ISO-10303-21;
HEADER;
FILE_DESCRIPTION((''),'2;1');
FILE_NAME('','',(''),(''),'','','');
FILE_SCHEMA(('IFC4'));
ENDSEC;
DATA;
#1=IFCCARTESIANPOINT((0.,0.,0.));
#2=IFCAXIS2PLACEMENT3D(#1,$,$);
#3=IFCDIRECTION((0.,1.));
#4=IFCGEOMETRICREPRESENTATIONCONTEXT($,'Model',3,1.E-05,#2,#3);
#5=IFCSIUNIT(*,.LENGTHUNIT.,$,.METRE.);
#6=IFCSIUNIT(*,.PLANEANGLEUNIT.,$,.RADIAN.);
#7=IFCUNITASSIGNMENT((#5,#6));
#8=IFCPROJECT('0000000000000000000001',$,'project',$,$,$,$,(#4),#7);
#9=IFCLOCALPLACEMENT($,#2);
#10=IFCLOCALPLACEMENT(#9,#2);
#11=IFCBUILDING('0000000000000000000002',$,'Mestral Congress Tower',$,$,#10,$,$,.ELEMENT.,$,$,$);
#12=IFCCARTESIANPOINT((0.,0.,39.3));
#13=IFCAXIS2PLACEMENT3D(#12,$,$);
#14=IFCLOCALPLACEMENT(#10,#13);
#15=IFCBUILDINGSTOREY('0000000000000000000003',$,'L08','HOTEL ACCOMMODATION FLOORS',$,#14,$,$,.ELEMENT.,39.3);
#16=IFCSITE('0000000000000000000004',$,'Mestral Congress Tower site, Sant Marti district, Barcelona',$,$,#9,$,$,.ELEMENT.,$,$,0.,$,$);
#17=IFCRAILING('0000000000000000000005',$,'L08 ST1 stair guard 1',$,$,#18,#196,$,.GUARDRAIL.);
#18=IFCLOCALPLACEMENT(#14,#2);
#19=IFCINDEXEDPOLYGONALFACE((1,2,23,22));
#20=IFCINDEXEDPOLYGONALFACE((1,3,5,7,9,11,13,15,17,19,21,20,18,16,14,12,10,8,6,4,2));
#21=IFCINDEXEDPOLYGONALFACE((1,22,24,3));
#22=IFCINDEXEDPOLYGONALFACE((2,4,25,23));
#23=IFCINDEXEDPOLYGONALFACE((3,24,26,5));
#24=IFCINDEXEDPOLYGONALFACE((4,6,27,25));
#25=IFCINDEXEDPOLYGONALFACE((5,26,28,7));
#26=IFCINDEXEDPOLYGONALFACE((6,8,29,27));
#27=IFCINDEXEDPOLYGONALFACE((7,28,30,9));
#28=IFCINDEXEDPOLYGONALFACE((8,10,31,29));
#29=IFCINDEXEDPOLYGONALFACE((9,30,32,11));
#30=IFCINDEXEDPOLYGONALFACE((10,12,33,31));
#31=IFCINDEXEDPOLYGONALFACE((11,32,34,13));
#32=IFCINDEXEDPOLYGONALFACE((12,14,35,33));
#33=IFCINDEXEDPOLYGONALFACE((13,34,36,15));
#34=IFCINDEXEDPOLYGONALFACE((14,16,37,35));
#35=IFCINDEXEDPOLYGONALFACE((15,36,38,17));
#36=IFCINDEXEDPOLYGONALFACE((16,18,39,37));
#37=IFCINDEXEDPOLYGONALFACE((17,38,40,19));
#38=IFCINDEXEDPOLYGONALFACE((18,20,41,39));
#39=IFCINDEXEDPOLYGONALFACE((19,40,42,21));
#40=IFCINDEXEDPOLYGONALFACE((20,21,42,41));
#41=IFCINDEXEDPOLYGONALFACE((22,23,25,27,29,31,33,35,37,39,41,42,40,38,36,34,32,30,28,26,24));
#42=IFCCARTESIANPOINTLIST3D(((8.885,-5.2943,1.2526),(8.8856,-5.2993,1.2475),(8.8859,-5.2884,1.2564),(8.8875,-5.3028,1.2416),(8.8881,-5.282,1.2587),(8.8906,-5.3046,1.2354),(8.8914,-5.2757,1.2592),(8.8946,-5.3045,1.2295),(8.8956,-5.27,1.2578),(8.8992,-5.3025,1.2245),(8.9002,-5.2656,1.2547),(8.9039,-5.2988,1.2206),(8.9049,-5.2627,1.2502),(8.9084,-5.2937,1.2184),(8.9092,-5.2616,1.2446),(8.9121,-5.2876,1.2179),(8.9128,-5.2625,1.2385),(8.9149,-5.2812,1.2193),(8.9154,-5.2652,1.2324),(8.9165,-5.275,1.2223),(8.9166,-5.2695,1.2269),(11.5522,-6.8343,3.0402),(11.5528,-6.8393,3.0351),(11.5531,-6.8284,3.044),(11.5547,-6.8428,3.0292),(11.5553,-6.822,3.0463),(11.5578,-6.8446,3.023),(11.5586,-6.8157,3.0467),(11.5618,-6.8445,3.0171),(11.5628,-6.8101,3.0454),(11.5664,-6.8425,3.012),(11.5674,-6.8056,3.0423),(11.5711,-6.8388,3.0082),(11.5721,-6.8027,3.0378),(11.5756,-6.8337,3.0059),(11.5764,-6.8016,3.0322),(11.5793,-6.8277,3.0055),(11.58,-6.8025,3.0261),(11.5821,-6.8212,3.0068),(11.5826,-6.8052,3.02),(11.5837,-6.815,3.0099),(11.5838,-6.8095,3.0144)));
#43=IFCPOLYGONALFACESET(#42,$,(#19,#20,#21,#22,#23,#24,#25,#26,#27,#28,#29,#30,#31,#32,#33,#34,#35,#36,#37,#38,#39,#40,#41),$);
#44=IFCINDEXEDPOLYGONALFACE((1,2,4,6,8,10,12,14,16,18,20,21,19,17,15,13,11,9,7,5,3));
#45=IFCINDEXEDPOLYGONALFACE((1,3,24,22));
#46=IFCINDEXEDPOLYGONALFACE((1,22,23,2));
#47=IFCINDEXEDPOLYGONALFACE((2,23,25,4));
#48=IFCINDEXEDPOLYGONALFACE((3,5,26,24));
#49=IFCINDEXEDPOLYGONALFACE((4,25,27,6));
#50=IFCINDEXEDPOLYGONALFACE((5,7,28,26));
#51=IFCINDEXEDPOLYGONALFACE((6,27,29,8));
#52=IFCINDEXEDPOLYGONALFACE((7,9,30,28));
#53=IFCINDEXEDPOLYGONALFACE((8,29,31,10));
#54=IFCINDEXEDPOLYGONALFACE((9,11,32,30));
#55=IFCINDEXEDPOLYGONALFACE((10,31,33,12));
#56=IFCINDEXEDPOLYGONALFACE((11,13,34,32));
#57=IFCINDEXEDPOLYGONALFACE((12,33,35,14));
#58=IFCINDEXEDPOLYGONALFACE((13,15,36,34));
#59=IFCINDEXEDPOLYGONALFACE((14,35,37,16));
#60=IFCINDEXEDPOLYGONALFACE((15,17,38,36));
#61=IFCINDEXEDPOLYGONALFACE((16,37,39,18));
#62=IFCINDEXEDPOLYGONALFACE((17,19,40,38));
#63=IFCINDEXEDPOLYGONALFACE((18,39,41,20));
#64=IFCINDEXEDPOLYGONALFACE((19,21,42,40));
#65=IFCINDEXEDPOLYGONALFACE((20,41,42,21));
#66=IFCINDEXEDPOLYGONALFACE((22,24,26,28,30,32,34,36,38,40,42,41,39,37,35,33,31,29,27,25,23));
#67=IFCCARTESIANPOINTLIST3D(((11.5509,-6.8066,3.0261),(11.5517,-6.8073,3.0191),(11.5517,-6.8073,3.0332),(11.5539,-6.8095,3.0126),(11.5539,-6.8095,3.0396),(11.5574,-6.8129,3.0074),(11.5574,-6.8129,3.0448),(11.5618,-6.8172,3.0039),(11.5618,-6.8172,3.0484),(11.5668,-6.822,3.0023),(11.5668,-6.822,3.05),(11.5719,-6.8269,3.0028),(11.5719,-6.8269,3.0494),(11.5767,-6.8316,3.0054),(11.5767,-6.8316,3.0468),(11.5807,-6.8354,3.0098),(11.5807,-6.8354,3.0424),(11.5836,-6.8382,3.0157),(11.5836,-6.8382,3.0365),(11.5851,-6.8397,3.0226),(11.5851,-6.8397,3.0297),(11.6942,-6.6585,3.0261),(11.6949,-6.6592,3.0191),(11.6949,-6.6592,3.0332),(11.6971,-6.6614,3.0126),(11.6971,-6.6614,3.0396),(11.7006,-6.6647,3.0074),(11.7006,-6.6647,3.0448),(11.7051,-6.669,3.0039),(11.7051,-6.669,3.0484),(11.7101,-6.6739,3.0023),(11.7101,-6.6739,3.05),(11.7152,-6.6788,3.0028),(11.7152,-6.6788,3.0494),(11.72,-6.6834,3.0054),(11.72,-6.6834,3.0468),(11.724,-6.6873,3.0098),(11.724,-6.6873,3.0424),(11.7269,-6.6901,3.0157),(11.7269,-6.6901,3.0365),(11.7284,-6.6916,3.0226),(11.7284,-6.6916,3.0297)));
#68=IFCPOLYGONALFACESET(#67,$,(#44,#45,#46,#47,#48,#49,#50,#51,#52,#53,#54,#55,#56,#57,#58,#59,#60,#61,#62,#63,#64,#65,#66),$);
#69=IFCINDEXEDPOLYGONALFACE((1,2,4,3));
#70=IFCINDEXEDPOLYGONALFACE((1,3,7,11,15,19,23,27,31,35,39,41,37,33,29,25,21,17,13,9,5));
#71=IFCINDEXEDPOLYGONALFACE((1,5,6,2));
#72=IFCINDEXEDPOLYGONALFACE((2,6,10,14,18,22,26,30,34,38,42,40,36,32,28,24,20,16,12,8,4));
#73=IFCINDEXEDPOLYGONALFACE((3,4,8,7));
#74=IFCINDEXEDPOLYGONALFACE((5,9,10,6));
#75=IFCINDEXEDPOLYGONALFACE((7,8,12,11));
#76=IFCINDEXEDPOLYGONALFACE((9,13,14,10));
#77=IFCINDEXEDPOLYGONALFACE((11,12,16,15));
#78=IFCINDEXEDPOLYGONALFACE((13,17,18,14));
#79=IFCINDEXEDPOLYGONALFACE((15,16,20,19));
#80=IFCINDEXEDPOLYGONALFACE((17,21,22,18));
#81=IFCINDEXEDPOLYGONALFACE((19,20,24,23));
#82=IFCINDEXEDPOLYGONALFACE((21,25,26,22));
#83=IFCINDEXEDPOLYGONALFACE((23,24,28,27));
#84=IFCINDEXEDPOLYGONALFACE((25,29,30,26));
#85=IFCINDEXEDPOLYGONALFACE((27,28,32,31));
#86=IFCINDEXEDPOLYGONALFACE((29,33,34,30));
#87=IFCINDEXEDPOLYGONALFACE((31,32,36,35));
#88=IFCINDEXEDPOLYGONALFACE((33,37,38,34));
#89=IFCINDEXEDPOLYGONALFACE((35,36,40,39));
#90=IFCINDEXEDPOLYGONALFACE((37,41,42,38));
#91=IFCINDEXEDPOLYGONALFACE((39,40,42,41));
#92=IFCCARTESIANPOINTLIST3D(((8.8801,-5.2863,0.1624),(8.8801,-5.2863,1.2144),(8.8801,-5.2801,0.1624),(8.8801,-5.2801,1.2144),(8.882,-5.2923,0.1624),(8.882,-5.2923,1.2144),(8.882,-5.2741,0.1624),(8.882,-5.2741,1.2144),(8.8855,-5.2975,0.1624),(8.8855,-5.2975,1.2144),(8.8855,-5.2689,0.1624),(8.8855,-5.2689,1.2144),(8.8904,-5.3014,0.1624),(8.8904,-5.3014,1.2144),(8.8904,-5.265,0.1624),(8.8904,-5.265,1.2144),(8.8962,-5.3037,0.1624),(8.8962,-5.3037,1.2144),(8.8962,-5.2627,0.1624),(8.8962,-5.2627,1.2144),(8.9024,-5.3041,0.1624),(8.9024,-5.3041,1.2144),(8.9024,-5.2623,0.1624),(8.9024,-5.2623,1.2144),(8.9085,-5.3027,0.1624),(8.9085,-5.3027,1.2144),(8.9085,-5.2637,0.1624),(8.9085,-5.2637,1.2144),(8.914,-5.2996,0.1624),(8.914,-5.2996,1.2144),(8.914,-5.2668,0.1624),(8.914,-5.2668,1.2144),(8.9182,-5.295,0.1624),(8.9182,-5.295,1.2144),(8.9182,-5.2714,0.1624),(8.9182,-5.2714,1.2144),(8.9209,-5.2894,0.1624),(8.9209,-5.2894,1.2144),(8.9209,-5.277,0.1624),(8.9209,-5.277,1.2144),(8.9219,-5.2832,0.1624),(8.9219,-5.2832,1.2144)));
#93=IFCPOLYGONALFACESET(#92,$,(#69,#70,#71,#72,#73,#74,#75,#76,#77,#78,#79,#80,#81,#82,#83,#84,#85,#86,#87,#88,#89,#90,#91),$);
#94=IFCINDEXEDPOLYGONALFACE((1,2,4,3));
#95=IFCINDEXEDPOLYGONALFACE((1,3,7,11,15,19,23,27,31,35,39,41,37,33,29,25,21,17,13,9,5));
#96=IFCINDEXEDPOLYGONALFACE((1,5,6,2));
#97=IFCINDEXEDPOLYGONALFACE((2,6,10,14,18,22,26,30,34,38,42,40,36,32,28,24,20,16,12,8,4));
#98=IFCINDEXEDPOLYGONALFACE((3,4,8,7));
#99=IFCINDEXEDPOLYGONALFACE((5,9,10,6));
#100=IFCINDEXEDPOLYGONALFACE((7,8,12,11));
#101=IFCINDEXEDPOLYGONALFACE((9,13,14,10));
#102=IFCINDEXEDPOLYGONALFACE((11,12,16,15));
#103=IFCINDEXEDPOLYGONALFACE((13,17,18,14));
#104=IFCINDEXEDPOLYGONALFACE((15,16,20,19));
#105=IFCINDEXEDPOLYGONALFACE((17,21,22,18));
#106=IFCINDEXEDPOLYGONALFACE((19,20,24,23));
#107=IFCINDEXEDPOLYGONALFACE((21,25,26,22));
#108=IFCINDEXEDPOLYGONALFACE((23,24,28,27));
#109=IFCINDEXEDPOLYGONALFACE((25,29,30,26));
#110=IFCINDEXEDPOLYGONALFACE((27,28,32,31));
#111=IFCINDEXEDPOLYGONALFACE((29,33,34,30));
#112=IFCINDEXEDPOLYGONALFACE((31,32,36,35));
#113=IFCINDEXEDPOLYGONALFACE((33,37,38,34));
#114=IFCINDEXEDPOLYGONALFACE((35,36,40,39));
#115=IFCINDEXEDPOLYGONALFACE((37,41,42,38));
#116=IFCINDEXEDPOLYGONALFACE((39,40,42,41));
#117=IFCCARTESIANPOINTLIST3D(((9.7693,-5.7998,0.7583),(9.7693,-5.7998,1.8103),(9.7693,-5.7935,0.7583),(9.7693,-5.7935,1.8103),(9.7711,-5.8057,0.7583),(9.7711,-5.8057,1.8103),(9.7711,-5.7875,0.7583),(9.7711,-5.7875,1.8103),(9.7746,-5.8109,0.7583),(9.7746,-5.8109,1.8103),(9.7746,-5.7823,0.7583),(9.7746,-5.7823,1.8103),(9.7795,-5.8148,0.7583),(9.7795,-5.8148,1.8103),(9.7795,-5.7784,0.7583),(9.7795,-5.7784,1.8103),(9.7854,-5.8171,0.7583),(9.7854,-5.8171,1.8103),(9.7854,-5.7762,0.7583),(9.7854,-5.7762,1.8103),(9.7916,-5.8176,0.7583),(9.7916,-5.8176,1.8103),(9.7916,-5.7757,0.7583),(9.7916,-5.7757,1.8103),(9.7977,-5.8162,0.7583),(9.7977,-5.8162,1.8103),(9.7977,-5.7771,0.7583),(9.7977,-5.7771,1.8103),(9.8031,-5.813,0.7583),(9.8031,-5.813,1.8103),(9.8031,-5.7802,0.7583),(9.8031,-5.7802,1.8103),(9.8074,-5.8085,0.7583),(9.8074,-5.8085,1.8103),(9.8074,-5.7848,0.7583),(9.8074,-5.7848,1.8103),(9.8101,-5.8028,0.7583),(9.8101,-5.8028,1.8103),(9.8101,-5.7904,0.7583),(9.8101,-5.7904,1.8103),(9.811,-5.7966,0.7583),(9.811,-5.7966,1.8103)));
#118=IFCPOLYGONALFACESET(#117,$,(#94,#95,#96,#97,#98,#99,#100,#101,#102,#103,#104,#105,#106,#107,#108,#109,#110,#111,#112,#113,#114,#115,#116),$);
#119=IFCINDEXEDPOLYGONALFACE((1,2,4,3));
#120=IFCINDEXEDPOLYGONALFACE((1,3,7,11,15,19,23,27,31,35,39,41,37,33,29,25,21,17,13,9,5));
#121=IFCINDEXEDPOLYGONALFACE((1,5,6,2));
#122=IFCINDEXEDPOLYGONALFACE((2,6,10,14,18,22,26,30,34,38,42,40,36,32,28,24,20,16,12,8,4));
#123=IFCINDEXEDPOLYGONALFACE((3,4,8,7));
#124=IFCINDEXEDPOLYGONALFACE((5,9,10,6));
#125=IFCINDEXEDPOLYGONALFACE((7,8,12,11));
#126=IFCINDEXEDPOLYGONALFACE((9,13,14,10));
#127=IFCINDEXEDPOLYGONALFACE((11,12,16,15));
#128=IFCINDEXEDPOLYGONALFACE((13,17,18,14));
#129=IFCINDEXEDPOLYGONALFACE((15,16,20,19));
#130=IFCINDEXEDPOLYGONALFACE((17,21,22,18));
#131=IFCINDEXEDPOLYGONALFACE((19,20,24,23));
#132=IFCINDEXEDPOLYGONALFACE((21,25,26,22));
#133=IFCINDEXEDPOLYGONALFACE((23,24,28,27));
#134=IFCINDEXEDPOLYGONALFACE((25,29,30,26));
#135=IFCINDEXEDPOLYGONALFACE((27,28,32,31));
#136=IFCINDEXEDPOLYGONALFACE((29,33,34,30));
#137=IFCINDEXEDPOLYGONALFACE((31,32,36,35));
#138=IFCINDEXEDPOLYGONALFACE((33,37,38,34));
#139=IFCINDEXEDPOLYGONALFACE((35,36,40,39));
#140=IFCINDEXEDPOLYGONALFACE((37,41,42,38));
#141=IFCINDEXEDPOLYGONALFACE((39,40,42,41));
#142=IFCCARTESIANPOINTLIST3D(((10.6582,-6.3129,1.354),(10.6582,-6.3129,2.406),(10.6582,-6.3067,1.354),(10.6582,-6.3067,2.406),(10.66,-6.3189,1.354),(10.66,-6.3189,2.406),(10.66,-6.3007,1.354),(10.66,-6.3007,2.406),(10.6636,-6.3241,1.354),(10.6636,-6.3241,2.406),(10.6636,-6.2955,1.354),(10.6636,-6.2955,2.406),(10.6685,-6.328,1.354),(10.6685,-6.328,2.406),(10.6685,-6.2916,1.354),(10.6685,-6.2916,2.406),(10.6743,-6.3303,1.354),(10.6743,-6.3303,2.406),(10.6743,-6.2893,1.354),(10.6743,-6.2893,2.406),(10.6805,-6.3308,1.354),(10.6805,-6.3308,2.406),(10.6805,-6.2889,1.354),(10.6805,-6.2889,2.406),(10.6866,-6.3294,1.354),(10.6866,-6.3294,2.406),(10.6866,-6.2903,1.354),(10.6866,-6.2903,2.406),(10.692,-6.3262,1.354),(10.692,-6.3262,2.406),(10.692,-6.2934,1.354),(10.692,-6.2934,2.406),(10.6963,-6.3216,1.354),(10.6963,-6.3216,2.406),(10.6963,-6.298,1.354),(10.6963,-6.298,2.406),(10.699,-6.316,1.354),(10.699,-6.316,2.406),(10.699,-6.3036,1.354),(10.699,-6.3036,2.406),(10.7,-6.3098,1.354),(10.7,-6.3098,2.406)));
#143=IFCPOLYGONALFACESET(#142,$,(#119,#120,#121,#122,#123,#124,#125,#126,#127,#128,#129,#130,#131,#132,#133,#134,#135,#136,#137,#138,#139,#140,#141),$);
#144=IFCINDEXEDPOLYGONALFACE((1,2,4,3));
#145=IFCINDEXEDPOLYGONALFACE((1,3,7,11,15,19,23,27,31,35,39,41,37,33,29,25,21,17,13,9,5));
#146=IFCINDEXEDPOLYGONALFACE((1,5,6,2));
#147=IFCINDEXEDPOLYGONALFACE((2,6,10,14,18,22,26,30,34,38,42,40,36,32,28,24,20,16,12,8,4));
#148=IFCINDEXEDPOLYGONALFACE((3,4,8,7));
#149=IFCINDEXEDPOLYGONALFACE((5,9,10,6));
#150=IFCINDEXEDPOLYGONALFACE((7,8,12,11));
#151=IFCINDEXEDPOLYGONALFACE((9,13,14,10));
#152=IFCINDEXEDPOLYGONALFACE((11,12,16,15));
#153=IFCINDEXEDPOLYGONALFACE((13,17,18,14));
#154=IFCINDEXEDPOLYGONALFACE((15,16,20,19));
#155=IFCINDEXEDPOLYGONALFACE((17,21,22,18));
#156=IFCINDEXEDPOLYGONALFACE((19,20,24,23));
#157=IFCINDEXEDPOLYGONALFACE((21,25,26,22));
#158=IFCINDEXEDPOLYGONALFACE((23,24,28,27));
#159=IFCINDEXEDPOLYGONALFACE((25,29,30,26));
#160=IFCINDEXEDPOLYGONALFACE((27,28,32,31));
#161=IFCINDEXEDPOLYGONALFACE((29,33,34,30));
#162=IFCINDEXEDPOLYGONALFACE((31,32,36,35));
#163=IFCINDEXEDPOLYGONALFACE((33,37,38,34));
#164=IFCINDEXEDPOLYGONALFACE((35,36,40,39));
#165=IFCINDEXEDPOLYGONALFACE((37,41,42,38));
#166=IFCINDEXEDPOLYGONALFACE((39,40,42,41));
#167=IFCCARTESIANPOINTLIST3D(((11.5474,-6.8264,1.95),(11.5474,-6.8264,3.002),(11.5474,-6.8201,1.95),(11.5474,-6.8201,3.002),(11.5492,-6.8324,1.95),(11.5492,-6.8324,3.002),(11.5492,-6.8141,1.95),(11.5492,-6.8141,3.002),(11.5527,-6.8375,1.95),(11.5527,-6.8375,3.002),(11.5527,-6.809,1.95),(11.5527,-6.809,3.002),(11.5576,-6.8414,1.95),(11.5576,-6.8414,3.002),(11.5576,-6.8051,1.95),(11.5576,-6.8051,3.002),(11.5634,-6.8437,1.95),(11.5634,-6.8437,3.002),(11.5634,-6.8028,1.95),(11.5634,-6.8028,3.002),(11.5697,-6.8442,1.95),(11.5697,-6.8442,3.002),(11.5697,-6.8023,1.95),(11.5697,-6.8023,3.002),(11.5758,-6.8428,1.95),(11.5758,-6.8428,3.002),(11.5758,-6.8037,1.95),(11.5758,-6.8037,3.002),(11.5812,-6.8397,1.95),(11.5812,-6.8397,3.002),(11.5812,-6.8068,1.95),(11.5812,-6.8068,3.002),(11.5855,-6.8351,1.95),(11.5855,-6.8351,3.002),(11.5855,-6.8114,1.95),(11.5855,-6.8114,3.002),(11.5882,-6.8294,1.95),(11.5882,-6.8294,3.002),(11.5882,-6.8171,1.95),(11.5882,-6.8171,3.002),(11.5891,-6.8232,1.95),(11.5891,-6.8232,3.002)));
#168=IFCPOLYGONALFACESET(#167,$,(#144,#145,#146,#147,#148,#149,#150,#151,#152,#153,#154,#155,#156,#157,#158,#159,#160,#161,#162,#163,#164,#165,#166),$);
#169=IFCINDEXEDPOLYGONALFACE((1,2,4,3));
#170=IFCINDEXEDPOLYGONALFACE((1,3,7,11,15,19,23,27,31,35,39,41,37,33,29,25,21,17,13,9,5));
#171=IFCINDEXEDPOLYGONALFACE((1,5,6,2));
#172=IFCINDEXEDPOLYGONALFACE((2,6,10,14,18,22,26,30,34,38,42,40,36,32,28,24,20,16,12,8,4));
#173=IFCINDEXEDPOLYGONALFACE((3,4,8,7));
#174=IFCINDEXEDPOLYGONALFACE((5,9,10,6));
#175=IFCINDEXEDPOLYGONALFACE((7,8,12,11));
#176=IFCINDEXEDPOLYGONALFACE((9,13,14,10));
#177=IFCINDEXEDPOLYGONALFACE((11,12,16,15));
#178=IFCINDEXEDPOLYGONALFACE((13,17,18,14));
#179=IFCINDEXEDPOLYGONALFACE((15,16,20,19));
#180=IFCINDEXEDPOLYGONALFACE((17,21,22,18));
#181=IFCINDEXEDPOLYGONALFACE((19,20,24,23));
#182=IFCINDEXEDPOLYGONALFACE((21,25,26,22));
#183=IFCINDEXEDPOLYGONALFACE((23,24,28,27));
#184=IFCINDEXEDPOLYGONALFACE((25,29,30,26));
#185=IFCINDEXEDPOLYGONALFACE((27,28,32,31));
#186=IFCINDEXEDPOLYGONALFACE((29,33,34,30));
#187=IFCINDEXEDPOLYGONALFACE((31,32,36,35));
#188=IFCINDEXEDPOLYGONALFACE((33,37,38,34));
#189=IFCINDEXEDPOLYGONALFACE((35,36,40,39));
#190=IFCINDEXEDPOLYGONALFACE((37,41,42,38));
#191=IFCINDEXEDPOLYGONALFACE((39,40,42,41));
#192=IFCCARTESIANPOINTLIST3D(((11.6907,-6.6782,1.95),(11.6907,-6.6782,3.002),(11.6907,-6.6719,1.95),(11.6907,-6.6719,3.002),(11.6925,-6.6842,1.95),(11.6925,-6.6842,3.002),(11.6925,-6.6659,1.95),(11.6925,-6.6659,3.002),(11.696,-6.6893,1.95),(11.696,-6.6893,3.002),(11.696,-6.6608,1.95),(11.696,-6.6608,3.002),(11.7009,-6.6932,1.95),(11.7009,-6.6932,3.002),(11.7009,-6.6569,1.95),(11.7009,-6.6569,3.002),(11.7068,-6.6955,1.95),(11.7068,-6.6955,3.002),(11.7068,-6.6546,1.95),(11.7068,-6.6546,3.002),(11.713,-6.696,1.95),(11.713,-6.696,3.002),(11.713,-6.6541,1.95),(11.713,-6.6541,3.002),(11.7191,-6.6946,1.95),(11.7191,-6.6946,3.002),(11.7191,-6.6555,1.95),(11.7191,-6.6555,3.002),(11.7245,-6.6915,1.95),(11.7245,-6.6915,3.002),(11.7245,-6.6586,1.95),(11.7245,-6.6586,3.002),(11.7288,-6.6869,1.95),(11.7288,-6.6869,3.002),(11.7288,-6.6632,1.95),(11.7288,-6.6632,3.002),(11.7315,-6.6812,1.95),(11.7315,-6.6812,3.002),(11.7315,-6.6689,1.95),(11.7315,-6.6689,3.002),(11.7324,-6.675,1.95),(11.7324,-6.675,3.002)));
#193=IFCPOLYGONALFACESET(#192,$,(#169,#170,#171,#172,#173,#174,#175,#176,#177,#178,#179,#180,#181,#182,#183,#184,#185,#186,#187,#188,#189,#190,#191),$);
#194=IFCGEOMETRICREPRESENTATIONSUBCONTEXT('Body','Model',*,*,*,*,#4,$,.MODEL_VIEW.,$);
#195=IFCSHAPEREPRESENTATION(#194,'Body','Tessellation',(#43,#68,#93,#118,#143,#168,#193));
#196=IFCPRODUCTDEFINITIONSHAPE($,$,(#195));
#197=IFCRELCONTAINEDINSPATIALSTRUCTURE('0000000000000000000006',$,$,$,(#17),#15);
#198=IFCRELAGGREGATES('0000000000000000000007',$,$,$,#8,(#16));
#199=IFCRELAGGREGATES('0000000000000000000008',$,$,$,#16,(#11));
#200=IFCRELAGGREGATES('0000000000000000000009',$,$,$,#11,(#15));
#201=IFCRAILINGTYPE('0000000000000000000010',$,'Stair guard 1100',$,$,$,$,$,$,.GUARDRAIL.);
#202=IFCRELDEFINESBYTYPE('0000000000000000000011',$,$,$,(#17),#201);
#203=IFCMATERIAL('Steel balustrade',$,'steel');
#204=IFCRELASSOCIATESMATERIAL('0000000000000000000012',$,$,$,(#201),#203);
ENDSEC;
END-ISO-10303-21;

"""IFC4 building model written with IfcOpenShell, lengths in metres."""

from ifc_helpers import new_model, si_unit, direction, frame, origin, origin_2d, place, context, subcontext, project, spatial, circle, extrude, material, type_object, element, save


model = new_model("IFC4")

# Units and contexts
model_context = context("Model", 3, precision=1e-05, world=origin(), true_north=direction((0.0, 1.0)))
body_context = subcontext(model_context, "Body", "Model", "MODEL_VIEW")
ifc_project = project(units=[si_unit("LENGTHUNIT", "METRE"), si_unit("PLANEANGLEUNIT", "RADIAN")], contexts=[model_context])

# Site, building, storey
site_placement = place(None, origin())
site = spatial("IfcSite", under=ifc_project, at=site_placement, Name="Mestral Congress Tower site, Sant Marti district, Barcelona", CompositionType="ELEMENT", RefElevation=0.0)
building_placement = place(site_placement, origin())
building = spatial("IfcBuilding", under=site, at=building_placement, Name="Mestral Congress Tower", CompositionType="ELEMENT")
storey_placement = place(building_placement, frame((0.0, 0.0, 39.3)))
storey = spatial("IfcBuildingStorey", under=building, at=storey_placement, Name="L08", Description="HOTEL ACCOMMODATION FLOORS", CompositionType="ELEMENT", Elevation=39.3)

# Railing
ifc_material_1 = material(Name="Steel balustrade", Category="steel")
railing_type_1 = type_object("IfcRailingType", Name="Stair guard 1100", PredefinedType="GUARDRAIL", material=ifc_material_1)
railing_1_placement = place(storey_placement, frame((8.9009, -5.2832, 0.1624)))
element("IfcRailing", 1, at=railing_1_placement, inside=storey, type_object=railing_type_1, Name="L08 ST1 stair guard 1", PredefinedType="GUARDRAIL", context=body_context, shape_type="SweptSolid", body=[
    extrude(circle(Radius=0.0239, at=origin_2d()), frame((0.0, 0.0, 1.0762), z_axis=(0.748994, -0.432463, 0.50198), x_axis=(0.500027, 0.86601, 0.0)), (0.0, 0.0, 1.0), 3.561),
    extrude(circle(Radius=0.0239, at=origin_2d()), frame((2.6672, -1.54, 2.8638), z_axis=(0.695165, 0.71885, 0.0), x_axis=(-0.71885, 0.695165, 0.0)), (0.0, 0.0, 1.0), 0.2061),
    extrude(circle(Radius=0.021, at=origin_2d()), origin(), (0.0, 0.0, 1.0), 1.052),
    extrude(circle(Radius=0.021, at=origin_2d()), frame((0.8892, -0.5134, 0.5959)), (0.0, 0.0, 1.0), 1.052),
    extrude(circle(Radius=0.021, at=origin_2d()), frame((1.7781, -1.0266, 1.1917)), (0.0, 0.0, 1.0), 1.052),
    extrude(circle(Radius=0.021, at=origin_2d()), frame((2.6672, -1.54, 1.7876)), (0.0, 0.0, 1.0), 1.052),
    extrude(circle(Radius=0.021, at=origin_2d()), frame((2.8105, -1.3918, 1.7876)), (0.0, 0.0, 1.0), 1.052),
])

save(model, "model.ifc")
